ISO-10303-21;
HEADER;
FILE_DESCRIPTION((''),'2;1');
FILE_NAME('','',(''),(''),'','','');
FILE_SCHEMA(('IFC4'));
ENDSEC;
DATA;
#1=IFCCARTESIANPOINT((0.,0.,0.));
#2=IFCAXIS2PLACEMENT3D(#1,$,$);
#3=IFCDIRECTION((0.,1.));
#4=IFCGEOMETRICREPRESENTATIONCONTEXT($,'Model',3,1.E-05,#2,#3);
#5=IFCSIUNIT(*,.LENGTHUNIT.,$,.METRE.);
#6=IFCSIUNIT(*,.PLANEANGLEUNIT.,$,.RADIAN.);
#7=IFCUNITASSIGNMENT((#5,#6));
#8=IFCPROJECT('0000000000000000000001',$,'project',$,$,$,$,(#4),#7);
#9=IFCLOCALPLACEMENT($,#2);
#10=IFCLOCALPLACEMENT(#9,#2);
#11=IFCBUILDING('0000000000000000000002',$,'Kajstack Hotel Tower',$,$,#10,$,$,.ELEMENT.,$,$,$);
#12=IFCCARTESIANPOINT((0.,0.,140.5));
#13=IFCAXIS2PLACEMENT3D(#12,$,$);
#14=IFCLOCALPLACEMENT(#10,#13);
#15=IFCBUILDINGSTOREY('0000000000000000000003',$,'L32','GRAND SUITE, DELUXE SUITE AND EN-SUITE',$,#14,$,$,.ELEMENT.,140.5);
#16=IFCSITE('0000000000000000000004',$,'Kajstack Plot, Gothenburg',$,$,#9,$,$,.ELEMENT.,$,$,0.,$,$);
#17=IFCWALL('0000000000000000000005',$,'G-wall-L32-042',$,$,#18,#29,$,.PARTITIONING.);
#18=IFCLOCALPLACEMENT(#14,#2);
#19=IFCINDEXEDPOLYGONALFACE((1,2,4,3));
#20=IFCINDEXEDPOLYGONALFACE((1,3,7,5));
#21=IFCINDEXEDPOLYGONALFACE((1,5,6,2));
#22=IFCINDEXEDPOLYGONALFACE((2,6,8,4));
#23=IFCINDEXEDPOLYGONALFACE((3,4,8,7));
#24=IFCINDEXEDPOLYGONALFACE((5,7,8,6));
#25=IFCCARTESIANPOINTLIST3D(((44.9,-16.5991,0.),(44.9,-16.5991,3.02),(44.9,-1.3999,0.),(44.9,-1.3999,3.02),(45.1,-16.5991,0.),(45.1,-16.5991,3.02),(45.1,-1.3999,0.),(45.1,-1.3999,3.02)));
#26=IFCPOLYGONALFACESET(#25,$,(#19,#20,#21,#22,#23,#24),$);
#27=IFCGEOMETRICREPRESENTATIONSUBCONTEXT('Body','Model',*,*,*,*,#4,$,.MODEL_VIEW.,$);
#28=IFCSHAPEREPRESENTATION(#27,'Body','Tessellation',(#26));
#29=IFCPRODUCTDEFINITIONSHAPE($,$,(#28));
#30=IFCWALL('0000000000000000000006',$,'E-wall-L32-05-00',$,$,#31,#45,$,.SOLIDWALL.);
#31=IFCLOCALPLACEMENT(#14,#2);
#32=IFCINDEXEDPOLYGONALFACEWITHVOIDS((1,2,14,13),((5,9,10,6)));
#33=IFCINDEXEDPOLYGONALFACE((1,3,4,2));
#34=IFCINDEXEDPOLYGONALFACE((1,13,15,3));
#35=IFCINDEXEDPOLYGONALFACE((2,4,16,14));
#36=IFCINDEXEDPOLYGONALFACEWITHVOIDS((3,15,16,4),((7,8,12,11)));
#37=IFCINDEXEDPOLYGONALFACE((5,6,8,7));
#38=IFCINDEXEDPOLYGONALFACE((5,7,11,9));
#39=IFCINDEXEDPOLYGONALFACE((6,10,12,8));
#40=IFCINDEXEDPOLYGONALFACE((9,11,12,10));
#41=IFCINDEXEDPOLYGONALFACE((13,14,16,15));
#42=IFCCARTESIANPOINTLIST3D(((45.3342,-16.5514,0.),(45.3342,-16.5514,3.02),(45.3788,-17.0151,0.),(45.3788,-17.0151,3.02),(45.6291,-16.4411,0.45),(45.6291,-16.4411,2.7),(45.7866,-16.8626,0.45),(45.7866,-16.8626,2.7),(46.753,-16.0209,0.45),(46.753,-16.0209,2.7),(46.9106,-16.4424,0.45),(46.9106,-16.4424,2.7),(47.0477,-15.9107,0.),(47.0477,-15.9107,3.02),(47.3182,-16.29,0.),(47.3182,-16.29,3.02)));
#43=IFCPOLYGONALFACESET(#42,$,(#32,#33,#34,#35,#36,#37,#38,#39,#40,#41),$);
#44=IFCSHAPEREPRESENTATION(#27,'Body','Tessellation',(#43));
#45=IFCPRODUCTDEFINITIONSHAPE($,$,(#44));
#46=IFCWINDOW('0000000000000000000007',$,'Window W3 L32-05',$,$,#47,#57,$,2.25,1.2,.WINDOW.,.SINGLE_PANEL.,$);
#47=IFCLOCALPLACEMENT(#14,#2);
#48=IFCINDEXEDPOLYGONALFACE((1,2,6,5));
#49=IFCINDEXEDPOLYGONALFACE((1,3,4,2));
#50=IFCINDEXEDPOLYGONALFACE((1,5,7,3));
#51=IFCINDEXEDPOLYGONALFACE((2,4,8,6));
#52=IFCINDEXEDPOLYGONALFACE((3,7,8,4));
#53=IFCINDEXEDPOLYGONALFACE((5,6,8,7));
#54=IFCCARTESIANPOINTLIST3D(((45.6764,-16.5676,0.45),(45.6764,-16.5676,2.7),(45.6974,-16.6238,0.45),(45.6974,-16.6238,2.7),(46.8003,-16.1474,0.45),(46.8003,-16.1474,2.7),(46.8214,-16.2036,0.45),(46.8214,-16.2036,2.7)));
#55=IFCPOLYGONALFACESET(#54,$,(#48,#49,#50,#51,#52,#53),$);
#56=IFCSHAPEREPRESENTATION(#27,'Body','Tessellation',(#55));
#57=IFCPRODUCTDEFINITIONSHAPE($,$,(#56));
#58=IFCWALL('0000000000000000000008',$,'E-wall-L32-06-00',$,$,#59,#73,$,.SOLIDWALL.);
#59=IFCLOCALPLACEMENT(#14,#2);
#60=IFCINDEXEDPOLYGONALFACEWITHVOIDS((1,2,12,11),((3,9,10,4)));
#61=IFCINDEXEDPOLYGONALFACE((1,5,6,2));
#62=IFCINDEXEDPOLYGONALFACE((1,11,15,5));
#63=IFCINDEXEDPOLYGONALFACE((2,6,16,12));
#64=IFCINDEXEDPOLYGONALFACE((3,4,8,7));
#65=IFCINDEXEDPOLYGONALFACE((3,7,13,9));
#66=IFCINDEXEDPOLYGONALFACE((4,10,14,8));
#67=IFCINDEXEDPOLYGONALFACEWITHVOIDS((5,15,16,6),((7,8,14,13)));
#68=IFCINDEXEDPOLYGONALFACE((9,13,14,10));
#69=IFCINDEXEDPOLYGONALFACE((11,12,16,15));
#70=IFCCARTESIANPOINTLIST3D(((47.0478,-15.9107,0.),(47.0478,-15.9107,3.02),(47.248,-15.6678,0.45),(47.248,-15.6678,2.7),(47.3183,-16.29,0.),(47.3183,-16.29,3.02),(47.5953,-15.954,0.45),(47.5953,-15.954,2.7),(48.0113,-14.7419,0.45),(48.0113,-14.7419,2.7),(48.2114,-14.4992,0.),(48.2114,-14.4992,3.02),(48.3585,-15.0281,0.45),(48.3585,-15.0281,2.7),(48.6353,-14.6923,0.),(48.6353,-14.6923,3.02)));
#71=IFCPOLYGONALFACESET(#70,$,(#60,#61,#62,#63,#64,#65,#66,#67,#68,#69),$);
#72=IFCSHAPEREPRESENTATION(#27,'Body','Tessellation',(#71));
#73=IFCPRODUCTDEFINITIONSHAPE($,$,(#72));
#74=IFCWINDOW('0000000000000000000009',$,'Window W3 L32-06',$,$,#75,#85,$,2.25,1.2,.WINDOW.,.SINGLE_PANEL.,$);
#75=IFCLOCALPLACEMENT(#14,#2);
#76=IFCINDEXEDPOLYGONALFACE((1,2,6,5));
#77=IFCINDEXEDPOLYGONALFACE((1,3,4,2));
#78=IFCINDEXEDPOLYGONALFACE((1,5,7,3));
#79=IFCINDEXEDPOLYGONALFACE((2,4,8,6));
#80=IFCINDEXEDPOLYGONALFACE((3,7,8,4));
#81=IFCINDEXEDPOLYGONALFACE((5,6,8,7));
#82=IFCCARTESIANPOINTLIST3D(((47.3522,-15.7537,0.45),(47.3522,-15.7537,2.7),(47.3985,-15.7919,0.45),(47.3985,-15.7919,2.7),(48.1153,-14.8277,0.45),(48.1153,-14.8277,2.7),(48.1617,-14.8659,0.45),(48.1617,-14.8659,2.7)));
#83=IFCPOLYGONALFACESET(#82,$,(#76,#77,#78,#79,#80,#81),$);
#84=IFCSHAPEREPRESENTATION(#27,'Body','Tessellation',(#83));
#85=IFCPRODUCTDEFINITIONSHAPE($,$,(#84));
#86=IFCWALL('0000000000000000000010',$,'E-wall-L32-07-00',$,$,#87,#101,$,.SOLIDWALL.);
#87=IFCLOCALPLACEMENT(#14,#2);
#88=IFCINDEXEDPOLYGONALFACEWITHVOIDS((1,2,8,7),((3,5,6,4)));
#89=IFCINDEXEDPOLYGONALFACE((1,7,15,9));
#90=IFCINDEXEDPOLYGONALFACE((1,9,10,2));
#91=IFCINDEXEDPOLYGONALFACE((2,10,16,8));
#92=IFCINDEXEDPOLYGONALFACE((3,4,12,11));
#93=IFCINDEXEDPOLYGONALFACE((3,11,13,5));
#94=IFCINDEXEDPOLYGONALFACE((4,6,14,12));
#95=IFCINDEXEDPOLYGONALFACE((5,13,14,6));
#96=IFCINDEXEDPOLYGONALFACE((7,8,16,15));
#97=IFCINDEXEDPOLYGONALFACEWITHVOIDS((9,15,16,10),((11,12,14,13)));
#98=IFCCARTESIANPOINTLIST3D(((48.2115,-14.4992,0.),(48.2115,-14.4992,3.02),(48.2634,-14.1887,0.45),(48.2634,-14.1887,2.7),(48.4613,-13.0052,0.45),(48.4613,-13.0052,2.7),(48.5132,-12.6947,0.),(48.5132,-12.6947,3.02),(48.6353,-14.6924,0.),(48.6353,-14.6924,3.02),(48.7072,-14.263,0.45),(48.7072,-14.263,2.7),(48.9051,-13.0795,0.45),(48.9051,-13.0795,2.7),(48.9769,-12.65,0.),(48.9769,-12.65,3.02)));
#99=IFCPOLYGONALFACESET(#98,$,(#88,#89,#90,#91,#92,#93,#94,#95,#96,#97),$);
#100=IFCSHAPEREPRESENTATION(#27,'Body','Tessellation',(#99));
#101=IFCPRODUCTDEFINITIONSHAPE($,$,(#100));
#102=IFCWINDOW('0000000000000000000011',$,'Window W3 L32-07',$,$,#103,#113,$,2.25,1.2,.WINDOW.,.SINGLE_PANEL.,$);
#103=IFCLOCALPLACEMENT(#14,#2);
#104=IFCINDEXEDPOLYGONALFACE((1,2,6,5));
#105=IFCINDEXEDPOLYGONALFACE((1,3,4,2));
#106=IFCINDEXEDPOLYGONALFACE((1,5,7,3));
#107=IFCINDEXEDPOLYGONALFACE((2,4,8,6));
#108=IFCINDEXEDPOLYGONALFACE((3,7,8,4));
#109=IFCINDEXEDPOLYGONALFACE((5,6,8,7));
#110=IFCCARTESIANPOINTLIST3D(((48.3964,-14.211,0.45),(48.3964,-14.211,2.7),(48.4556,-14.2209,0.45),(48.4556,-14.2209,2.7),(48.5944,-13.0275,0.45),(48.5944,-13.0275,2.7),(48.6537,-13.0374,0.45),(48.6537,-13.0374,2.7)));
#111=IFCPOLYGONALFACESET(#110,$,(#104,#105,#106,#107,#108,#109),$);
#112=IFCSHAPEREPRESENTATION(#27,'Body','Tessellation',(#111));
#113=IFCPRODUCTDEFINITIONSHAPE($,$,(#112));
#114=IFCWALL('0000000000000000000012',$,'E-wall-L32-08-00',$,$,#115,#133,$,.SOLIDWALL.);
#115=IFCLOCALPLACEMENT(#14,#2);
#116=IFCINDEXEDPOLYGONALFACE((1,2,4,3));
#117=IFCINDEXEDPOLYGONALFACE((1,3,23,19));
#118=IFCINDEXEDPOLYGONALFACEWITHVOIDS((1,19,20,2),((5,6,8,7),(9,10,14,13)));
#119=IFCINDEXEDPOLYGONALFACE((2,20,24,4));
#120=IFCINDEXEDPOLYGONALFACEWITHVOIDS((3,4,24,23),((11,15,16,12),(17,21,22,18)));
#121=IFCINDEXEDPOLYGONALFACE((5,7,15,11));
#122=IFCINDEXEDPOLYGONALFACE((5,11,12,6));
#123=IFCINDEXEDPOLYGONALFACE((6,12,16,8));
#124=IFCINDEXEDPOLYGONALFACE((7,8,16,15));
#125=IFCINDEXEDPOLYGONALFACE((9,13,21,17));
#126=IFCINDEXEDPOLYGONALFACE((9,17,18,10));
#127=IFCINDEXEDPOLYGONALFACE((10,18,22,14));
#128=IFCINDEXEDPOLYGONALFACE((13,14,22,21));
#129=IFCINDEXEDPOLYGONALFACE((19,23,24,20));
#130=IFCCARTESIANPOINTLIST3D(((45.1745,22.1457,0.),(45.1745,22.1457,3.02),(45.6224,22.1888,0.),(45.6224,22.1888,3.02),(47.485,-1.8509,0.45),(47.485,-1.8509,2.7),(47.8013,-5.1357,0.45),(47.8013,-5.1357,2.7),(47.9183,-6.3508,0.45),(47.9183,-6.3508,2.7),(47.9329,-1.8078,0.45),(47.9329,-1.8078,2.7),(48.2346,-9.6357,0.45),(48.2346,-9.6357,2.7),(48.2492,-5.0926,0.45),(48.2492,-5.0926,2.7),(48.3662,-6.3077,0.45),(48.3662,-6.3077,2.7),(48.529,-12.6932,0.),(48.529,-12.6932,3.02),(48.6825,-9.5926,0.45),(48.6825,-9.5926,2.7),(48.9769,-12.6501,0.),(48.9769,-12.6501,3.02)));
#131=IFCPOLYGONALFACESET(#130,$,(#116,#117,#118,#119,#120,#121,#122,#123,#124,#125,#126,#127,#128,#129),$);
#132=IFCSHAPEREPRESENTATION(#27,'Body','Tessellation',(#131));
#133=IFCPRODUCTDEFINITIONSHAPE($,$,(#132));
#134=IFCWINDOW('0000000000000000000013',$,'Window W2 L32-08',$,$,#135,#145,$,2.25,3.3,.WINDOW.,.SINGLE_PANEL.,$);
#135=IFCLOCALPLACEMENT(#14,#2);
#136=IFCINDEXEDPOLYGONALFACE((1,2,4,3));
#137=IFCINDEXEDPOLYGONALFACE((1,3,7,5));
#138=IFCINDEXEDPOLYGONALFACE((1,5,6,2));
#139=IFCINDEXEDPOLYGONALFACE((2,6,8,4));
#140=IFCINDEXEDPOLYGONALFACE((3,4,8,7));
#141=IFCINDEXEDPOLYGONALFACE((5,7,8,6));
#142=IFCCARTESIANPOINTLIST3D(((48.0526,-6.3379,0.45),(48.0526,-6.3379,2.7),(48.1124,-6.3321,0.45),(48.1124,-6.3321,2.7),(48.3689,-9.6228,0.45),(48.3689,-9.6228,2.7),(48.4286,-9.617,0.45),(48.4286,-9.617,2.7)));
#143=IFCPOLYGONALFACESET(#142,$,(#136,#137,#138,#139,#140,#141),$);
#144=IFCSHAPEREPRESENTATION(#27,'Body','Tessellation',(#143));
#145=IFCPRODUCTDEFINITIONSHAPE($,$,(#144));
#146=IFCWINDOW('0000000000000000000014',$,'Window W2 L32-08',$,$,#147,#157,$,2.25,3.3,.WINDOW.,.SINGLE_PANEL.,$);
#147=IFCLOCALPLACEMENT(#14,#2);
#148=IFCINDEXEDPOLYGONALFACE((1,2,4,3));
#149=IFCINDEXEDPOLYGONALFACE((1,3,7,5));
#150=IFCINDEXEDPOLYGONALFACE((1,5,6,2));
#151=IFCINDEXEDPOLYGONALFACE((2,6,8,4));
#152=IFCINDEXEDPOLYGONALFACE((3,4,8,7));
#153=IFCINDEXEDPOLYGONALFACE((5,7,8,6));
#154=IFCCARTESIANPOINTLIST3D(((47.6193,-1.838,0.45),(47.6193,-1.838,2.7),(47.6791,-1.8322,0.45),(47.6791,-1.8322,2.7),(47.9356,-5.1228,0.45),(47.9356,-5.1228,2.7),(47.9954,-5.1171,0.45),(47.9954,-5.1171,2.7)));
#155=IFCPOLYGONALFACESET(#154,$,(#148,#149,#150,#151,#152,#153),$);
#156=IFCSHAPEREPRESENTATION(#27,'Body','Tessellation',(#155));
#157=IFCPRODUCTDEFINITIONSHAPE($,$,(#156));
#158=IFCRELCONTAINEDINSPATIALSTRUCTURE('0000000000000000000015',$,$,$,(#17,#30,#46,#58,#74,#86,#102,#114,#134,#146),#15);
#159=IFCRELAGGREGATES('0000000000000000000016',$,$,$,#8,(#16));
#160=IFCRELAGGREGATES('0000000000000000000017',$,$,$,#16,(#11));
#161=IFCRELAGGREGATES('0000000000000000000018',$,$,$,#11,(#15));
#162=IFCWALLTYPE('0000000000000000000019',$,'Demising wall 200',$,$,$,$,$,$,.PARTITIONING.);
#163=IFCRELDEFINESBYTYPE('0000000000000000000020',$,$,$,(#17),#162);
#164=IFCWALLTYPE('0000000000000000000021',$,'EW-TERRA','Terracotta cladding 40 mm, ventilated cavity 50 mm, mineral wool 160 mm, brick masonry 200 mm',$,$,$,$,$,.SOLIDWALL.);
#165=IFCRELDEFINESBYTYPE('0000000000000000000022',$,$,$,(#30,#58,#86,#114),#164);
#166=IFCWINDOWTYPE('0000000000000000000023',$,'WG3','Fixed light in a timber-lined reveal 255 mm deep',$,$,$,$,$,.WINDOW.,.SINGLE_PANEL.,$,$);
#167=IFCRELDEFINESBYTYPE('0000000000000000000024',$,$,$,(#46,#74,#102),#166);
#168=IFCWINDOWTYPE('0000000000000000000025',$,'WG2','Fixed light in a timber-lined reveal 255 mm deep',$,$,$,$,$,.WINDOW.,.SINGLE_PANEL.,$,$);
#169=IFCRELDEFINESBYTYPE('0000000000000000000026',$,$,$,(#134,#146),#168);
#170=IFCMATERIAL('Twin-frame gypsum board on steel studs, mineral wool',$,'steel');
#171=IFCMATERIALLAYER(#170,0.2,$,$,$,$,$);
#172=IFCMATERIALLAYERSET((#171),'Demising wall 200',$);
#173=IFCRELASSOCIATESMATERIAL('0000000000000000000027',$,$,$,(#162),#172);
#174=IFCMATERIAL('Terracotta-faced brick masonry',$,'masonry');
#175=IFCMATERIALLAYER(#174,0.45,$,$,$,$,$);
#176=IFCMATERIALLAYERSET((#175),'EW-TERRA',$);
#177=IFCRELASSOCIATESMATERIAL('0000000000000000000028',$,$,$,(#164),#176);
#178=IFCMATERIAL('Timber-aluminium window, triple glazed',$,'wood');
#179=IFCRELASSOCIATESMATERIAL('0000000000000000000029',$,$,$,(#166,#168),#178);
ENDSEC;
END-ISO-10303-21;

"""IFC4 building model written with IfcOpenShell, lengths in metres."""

from ifc_helpers import new_model, si_unit, direction, frame, frame_2d, origin, place, context, subcontext, project, spatial, polyline, rectangle, outline, extrude, material, layer, layer_set, type_object, element, fill, save


model = new_model("IFC4")

# Units and contexts
model_context = context("Model", 3, precision=1e-05, world=origin(), true_north=direction((0.0, 1.0)))
body_context = subcontext(model_context, "Body", "Model", "MODEL_VIEW")
ifc_project = project(units=[si_unit("LENGTHUNIT", "METRE"), si_unit("PLANEANGLEUNIT", "RADIAN")], contexts=[model_context])

# Site, building, storey
site_placement = place(None, origin())
site = spatial("IfcSite", under=ifc_project, at=site_placement, Name="Kajstack Plot, Gothenburg", CompositionType="ELEMENT", RefElevation=0.0)
building_placement = place(site_placement, origin())
building = spatial("IfcBuilding", under=site, at=building_placement, Name="Kajstack Hotel Tower", CompositionType="ELEMENT")
storey_placement = place(building_placement, frame((0.0, 0.0, 140.5)))
storey = spatial("IfcBuildingStorey", under=building, at=storey_placement, Name="L32", Description="GRAND SUITE, DELUXE SUITE AND EN-SUITE", CompositionType="ELEMENT", Elevation=140.5)

# Wall
ifc_material_1 = material(Name="Twin-frame gypsum board on steel studs, mineral wool", Category="steel")
ifc_layer_1 = layer(ifc_material_1, 0.2)
ifc_layer_set_1 = layer_set([ifc_layer_1], Name="Demising wall 200")
wall_type_1 = type_object("IfcWallType", Name="Demising wall 200", PredefinedType="PARTITIONING", material=ifc_layer_set_1)
wall_1_placement = place(storey_placement, frame((45.0, -16.5991, 0.0), z_axis=(0.0, 0.0, 1.0), x_axis=(0.0, 1.0, 0.0)))
element("IfcWall", 1, at=wall_1_placement, inside=storey, type_object=wall_type_1, Name="G-wall-L32-042", PredefinedType="PARTITIONING", context=body_context, shape_type="SweptSolid", body=[
    extrude(rectangle(XDim=15.1992, YDim=0.2, at=frame_2d((7.5996, 0.0))), origin(), (0.0, 0.0, 1.0), 3.02),
])

# Walls, openings, windows
ifc_material_2 = material(Name="Terracotta-faced brick masonry", Category="masonry")
ifc_layer_2 = layer(ifc_material_2, 0.45)
ifc_layer_set_2 = layer_set([ifc_layer_2], Name="EW-TERRA")
wall_type_2 = type_object("IfcWallType", Name="EW-TERRA", Description="Terracotta cladding 40 mm, ventilated cavity 50 mm, mineral wool 160 mm, brick masonry 200 mm", PredefinedType="SOLIDWALL", material=ifc_layer_set_2)
wall_2_placement = place(storey_placement, frame((45.3, -16.8044, 0.0), z_axis=(0.0, 0.0, 1.0), x_axis=(0.936678, 0.350193, 0.0)))
wall_2 = element("IfcWall", 2, at=wall_2_placement, inside=storey, type_object=wall_type_2, Name="E-wall-L32-05-00", PredefinedType="SOLIDWALL", context=body_context, shape_type="SweptSolid", body=[
    extrude(outline(polyline([(0.0, -0.2249), (2.0706, -0.2249), (1.95, 0.2251), (0.1206, 0.2251), (0.0, -0.2249)])), origin(), (0.0, 0.0, 1.0), 3.02),
])
opening_1_placement = place(wall_2_placement, frame((0.4353, 0.0, 0.45)))
opening_1 = element("IfcOpeningElement", 3, at=opening_1_placement, cuts=wall_2, PredefinedType="OPENING", context=body_context, shape_type="SweptSolid", body=[
    extrude(rectangle(XDim=1.2, YDim=2.25, at=frame_2d((0.6001, 1.125))), frame((0.0, 0.2349, 0.0), z_axis=(0.0, -1.0, 0.0), x_axis=(1.0, 0.0, 0.0)), (0.0, 0.0, 1.0), 0.47),
])
ifc_material_3 = material(Name="Timber-aluminium window, triple glazed", Category="wood")
window_type_1 = type_object("IfcWindowType", Name="WG3", Description="Fixed light in a timber-lined reveal 255 mm deep", PartitioningType="SINGLE_PANEL", PredefinedType="WINDOW", material=ifc_material_3)
window_1_placement = place(opening_1_placement, origin())
window_1 = element("IfcWindow", 4, at=window_1_placement, inside=storey, type_object=window_type_1, Name="Window W3 L32-05", OverallHeight=2.25, OverallWidth=1.2, PartitioningType="SINGLE_PANEL", PredefinedType="WINDOW", context=body_context, shape_type="SweptSolid", body=[
    extrude(rectangle(XDim=1.2, YDim=2.25, at=frame_2d((0.6001, 1.125))), frame((0.0, 0.0901, 0.0), z_axis=(0.0, -1.0, 0.0), x_axis=(1.0, 0.0, 0.0)), (0.0, 0.0, 1.0), 0.0601),
])
fill(opening_1, window_1)
wall_3_placement = place(storey_placement, frame((47.1448, -16.147, 0.0), z_axis=(0.0, 0.0, 1.0), x_axis=(0.635988, 0.771699, 0.0)))
wall_3 = element("IfcWall", 5, at=wall_3_placement, inside=storey, type_object=wall_type_2, Name="E-wall-L32-06-00", PredefinedType="SOLIDWALL", context=body_context, shape_type="SweptSolid", body=[
    extrude(outline(polyline([(0.0, -0.2249), (2.0706, -0.2251), (1.95, 0.2249), (0.1206, 0.2251), (0.0, -0.2249)])), origin(), (0.0, 0.0, 1.0), 3.02),
])
opening_2_placement = place(wall_3_placement, frame((0.4353, 0.0, 0.45)))
opening_2 = element("IfcOpeningElement", 6, at=opening_2_placement, cuts=wall_3, PredefinedType="OPENING", context=body_context, shape_type="SweptSolid", body=[
    extrude(rectangle(XDim=1.2, YDim=2.25, at=frame_2d((0.6001, 1.125))), frame((0.0, 0.2349, 0.0), z_axis=(0.0, -1.0, 0.0), x_axis=(1.0, 0.0, 0.0)), (0.0, 0.0, 1.0), 0.47),
])
window_2_placement = place(opening_2_placement, origin())
window_2 = element("IfcWindow", 7, at=window_2_placement, inside=storey, type_object=window_type_1, Name="Window W3 L32-06", OverallHeight=2.25, OverallWidth=1.2, PartitioningType="SINGLE_PANEL", PredefinedType="WINDOW", context=body_context, shape_type="SweptSolid", body=[
    extrude(rectangle(XDim=1.2, YDim=2.25, at=frame_2d((0.6001, 1.125))), frame((0.0, 0.0901, 0.0), z_axis=(0.0, -1.0, 0.0), x_axis=(1.0, 0.0, 0.0)), (0.0, 0.0, 1.0), 0.0601),
])
fill(opening_2, window_2)
wall_4_placement = place(storey_placement, frame((48.4133, -14.6553, 0.0), z_axis=(0.0, 0.0, 1.0), x_axis=(0.165068, 0.986282, 0.0)))
wall_4 = element("IfcWall", 8, at=wall_4_placement, inside=storey, type_object=wall_type_2, Name="E-wall-L32-07-00", PredefinedType="SOLIDWALL", context=body_context, shape_type="SweptSolid", body=[
    extrude(outline(polyline([(0.0, -0.2251), (2.0708, -0.2249), (1.9502, 0.2251), (0.1206, 0.2249), (0.0, -0.2251)])), origin(), (0.0, 0.0, 1.0), 3.02),
])
opening_3_placement = place(wall_4_placement, frame((0.4353, 0.0, 0.45)))
opening_3 = element("IfcOpeningElement", 9, at=opening_3_placement, cuts=wall_4, PredefinedType="OPENING", context=body_context, shape_type="SweptSolid", body=[
    extrude(rectangle(XDim=1.2, YDim=2.25, at=frame_2d((0.6001, 1.125))), frame((0.0, 0.2349, 0.0), z_axis=(0.0, -1.0, 0.0), x_axis=(1.0, 0.0, 0.0)), (0.0, 0.0, 1.0), 0.47),
])
window_3_placement = place(opening_3_placement, origin())
window_3 = element("IfcWindow", 10, at=window_3_placement, inside=storey, type_object=window_type_1, Name="Window W3 L32-07", OverallHeight=2.25, OverallWidth=1.2, PartitioningType="SINGLE_PANEL", PredefinedType="WINDOW", context=body_context, shape_type="SweptSolid", body=[
    extrude(rectangle(XDim=1.2, YDim=2.25, at=frame_2d((0.6001, 1.125))), frame((0.0, 0.0901, 0.0), z_axis=(0.0, -1.0, 0.0), x_axis=(1.0, 0.0, 0.0)), (0.0, 0.0, 1.0), 0.0601),
])
fill(opening_3, window_3)

# Wall, openings, windows
wall_5_placement = place(storey_placement, frame((48.7529, -12.6716, 0.0), z_axis=(0.0, 0.0, 1.0), x_axis=(-0.095843, 0.995396, 0.0)))
wall_5 = element("IfcWall", 11, at=wall_5_placement, inside=storey, type_object=wall_type_2, Name="E-wall-L32-08-00", PredefinedType="SOLIDWALL", context=body_context, shape_type="SweptSolid", body=[
    extrude(rectangle(XDim=35.0, YDim=0.45, at=frame_2d((17.5, 0.0))), origin(), (0.0, 0.0, 1.0), 3.02),
])
opening_4_placement = place(wall_5_placement, frame((3.0718, 0.0, 0.45)))
opening_4 = element("IfcOpeningElement", 12, at=opening_4_placement, cuts=wall_5, PredefinedType="OPENING", context=body_context, shape_type="SweptSolid", body=[
    extrude(rectangle(XDim=3.3, YDim=2.25, at=frame_2d((1.6499, 1.125))), frame((0.0, 0.2349, 0.0), z_axis=(0.0, -1.0, 0.0), x_axis=(1.0, 0.0, 0.0)), (0.0, 0.0, 1.0), 0.47),
])
opening_5_placement = place(wall_5_placement, frame((7.5925, 0.0, 0.45)))
opening_5 = element("IfcOpeningElement", 13, at=opening_5_placement, cuts=wall_5, PredefinedType="OPENING", context=body_context, shape_type="SweptSolid", body=[
    extrude(rectangle(XDim=3.3, YDim=2.25, at=frame_2d((1.6499, 1.125))), frame((0.0, 0.2349, 0.0), z_axis=(0.0, -1.0, 0.0), x_axis=(1.0, 0.0, 0.0)), (0.0, 0.0, 1.0), 0.47),
])
window_type_2 = type_object("IfcWindowType", Name="WG2", Description="Fixed light in a timber-lined reveal 255 mm deep", PartitioningType="SINGLE_PANEL", PredefinedType="WINDOW", material=ifc_material_3)
window_4_placement = place(opening_4_placement, origin())
window_4 = element("IfcWindow", 14, at=window_4_placement, inside=storey, type_object=window_type_2, Name="Window W2 L32-08", OverallHeight=2.25, OverallWidth=3.3, PartitioningType="SINGLE_PANEL", PredefinedType="WINDOW", context=body_context, shape_type="SweptSolid", body=[
    extrude(rectangle(XDim=3.3, YDim=2.25, at=frame_2d((1.6499, 1.125))), frame((0.0, 0.0901, 0.0), z_axis=(0.0, -1.0, 0.0), x_axis=(1.0, 0.0, 0.0)), (0.0, 0.0, 1.0), 0.0601),
])
fill(opening_4, window_4)
window_5_placement = place(opening_5_placement, origin())
window_5 = element("IfcWindow", 15, at=window_5_placement, inside=storey, type_object=window_type_2, Name="Window W2 L32-08", OverallHeight=2.25, OverallWidth=3.3, PartitioningType="SINGLE_PANEL", PredefinedType="WINDOW", context=body_context, shape_type="SweptSolid", body=[
    extrude(rectangle(XDim=3.3, YDim=2.25, at=frame_2d((1.6499, 1.125))), frame((0.0, 0.0901, 0.0), z_axis=(0.0, -1.0, 0.0), x_axis=(1.0, 0.0, 0.0)), (0.0, 0.0, 1.0), 0.0601),
])
fill(opening_5, window_5)

save(model, "model.ifc")
